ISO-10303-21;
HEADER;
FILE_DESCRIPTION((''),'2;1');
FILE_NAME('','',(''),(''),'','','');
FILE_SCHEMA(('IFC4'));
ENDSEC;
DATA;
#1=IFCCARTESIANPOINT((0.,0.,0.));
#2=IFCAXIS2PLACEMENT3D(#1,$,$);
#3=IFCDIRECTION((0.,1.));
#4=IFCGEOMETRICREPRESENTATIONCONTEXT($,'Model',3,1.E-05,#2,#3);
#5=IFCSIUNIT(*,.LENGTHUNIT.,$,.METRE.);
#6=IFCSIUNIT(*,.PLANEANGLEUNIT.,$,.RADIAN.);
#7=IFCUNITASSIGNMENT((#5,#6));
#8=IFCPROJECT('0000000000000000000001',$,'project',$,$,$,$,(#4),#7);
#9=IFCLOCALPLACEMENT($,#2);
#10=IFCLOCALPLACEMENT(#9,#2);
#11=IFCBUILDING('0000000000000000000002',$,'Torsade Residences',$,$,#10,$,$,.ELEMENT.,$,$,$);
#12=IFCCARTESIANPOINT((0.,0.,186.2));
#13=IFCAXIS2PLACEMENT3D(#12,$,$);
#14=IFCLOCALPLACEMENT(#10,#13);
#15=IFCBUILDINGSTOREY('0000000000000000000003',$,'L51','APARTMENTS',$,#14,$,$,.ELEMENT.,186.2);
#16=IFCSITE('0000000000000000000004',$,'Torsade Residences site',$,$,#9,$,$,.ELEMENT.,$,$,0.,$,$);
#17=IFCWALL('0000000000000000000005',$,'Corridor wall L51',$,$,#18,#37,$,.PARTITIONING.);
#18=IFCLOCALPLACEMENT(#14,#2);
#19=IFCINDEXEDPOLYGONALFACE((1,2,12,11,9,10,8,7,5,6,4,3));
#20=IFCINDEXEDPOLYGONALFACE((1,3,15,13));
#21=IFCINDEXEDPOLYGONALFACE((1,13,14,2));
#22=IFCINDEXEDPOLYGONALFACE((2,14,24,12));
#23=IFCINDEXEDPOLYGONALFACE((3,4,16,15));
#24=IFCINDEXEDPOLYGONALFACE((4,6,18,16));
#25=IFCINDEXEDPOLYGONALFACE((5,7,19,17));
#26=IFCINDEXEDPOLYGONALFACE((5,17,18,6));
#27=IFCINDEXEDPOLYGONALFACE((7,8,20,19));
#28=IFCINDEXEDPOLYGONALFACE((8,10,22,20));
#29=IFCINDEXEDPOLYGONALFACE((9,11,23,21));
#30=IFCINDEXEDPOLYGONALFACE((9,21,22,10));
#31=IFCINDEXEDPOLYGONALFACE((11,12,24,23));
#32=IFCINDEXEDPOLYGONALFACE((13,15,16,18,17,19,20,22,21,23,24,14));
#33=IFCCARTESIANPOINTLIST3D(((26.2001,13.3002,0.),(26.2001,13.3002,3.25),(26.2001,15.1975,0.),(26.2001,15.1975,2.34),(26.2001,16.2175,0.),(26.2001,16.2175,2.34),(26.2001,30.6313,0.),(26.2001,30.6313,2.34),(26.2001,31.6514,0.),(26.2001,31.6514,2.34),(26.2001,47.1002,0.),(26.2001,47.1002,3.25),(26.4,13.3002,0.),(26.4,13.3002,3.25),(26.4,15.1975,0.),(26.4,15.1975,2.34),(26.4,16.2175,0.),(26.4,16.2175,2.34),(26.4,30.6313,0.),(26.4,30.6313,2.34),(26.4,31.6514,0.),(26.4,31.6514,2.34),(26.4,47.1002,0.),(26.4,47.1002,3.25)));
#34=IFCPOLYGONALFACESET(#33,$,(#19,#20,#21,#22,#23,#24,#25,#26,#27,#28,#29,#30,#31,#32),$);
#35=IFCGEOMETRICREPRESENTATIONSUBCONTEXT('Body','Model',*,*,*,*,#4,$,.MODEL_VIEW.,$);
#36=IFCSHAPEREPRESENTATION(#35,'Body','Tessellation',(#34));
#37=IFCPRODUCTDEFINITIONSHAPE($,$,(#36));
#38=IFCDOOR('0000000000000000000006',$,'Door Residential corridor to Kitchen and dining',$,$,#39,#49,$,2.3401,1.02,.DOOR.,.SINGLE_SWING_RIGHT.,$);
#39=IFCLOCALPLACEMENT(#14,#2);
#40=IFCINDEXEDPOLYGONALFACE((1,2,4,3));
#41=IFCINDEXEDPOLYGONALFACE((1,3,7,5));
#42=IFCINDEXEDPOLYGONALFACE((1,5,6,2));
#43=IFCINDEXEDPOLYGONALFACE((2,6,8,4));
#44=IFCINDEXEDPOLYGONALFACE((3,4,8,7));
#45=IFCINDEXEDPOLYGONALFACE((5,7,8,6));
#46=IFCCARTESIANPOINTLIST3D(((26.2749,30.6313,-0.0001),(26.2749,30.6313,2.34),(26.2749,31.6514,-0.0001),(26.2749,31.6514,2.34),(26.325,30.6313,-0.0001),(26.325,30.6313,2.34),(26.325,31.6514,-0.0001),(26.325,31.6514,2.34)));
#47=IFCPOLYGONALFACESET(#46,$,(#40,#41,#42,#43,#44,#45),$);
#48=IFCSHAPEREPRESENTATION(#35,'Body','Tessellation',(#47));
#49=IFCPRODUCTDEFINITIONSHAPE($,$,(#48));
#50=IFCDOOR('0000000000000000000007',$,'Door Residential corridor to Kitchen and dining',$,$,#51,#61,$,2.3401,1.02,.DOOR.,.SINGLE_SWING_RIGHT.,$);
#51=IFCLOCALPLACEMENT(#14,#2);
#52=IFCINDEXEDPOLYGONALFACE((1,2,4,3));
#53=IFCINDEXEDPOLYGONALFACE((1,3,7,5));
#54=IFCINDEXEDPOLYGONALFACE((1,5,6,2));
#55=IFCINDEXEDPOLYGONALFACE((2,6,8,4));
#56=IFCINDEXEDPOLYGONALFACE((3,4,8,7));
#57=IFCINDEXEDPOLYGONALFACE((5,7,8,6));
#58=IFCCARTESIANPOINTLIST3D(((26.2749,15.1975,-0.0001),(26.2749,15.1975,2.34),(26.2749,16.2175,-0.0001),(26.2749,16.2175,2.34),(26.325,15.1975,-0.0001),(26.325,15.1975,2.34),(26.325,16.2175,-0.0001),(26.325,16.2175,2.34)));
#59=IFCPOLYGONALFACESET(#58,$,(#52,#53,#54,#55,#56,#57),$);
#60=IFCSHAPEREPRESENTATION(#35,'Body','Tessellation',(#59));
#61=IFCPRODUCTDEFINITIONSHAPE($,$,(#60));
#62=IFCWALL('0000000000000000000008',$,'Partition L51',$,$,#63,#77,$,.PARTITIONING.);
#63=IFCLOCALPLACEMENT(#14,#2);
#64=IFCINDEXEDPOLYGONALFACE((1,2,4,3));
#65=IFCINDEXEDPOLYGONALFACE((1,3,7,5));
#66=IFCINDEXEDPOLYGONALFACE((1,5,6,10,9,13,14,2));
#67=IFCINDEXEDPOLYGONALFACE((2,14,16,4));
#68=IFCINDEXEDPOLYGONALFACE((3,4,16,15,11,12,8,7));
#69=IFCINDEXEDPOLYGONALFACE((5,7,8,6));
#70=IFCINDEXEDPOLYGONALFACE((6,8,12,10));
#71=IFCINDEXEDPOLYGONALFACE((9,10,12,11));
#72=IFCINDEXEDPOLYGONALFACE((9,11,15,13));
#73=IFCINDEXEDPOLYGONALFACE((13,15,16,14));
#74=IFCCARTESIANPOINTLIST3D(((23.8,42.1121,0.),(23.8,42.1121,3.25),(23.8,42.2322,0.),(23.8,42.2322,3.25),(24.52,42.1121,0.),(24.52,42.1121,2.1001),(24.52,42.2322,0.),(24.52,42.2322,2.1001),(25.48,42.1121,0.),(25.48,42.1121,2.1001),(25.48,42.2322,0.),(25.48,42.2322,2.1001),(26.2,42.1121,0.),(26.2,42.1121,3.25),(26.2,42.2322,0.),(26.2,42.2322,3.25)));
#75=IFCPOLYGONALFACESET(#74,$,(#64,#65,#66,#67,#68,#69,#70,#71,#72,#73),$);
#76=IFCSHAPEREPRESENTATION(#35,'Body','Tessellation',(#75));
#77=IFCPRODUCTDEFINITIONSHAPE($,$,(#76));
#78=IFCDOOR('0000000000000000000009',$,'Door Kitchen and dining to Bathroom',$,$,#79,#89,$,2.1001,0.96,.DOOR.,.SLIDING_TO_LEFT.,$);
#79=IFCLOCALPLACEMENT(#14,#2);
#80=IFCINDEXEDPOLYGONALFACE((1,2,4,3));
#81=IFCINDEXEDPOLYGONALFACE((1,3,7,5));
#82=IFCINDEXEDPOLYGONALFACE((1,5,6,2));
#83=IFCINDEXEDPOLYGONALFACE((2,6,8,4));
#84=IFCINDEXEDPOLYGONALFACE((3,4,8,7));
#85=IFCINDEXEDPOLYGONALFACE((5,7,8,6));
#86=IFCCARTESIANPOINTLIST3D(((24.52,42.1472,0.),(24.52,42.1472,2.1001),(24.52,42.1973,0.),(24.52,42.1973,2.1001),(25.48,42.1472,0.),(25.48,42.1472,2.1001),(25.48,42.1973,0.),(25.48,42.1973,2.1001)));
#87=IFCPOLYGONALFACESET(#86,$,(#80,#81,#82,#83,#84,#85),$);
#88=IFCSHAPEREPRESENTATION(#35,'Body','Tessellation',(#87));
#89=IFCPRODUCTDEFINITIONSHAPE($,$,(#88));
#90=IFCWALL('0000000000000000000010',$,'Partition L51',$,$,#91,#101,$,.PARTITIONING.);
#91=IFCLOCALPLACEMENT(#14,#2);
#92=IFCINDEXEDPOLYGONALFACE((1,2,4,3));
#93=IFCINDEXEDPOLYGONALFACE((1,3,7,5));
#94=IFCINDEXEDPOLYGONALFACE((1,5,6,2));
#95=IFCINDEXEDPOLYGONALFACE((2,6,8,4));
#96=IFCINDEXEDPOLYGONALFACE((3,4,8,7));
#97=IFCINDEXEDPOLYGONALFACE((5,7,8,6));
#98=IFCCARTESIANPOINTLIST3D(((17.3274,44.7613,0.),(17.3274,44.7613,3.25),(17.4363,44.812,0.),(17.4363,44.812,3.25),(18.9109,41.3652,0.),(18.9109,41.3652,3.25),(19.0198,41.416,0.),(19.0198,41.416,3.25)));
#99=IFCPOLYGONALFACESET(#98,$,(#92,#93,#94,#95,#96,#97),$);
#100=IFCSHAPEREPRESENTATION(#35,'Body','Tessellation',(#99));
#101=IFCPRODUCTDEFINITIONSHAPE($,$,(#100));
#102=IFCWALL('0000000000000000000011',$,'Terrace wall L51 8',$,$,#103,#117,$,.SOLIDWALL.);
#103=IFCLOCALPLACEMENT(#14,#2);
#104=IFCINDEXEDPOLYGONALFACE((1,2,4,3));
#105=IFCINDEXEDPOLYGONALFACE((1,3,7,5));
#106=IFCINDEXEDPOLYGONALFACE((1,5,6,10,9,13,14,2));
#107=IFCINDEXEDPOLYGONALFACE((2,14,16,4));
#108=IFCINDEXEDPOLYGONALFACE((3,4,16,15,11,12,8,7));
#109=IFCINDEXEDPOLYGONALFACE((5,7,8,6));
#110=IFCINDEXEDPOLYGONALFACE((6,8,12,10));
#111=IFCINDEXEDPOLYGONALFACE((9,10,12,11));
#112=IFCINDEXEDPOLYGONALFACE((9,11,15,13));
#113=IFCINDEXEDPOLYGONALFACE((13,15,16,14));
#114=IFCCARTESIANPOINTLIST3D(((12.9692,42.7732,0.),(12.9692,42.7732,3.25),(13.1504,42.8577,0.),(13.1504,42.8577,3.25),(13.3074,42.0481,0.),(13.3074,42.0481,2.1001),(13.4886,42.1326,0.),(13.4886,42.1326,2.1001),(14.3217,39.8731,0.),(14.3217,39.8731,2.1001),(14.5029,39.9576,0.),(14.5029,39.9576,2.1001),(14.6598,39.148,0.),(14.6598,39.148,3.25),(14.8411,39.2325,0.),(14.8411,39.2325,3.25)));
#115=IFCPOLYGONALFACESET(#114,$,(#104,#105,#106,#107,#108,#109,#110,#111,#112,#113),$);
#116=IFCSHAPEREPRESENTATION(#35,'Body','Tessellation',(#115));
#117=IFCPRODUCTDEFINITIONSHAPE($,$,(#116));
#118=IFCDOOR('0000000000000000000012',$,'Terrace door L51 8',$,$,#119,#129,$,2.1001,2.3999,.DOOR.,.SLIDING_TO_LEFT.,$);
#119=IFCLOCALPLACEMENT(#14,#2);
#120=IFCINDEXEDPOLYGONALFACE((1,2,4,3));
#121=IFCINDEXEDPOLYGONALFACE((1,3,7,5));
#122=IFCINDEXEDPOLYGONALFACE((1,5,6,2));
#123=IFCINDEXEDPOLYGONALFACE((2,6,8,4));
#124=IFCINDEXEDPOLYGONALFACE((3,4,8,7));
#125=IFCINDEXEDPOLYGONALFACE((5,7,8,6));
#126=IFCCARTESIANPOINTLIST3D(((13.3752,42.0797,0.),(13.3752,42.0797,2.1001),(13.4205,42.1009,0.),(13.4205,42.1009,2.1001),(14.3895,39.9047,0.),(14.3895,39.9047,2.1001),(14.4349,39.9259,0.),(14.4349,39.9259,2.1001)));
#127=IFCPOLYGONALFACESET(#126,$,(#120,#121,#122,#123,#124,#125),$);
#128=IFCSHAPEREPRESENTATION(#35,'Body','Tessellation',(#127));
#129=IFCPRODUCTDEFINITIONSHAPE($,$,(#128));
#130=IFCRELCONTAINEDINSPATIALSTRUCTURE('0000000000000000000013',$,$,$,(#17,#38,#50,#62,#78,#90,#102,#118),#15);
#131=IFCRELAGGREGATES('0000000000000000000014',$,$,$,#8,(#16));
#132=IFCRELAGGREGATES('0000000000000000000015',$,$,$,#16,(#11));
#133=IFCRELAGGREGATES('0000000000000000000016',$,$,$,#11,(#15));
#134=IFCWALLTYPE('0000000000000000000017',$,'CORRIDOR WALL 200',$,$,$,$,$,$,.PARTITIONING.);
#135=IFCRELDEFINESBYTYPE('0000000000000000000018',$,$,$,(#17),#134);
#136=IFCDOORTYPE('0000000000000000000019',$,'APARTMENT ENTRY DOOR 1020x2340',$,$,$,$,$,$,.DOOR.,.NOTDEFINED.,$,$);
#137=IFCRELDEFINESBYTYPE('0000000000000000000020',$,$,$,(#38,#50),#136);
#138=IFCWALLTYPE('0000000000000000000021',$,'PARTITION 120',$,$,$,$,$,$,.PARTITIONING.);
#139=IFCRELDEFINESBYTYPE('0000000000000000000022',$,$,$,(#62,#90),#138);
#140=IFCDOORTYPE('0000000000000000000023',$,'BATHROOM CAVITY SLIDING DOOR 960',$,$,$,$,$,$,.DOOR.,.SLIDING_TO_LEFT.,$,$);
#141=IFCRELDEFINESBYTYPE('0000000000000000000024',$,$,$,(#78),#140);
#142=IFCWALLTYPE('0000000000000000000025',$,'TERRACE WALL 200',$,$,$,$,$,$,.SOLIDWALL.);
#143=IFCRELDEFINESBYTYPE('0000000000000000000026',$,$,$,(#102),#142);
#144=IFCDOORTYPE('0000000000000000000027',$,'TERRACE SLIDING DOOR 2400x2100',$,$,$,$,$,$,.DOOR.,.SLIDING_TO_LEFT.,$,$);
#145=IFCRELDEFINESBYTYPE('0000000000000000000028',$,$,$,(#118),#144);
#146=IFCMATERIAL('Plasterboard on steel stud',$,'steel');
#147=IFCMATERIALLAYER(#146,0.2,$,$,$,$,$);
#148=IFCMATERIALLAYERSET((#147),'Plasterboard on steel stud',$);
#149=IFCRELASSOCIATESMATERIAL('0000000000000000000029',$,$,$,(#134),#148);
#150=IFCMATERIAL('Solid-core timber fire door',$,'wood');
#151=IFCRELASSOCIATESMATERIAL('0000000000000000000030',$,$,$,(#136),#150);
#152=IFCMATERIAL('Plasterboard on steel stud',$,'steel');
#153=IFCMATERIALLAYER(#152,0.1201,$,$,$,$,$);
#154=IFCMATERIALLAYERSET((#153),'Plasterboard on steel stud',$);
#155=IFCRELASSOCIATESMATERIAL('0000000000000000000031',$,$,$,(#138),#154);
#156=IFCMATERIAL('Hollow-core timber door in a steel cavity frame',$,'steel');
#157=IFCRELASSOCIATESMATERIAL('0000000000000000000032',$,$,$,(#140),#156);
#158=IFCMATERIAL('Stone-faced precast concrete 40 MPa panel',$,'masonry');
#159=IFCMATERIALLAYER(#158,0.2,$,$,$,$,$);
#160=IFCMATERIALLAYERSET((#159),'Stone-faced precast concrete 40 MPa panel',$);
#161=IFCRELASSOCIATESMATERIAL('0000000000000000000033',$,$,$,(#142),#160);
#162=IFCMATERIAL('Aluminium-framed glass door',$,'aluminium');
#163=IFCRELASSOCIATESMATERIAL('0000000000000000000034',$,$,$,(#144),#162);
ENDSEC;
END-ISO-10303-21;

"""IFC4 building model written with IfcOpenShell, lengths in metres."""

from ifc_helpers import new_model, si_unit, direction, frame, frame_2d, origin, place, context, subcontext, project, spatial, rectangle, extrude, material, layer, layer_set, type_object, element, fill, save


model = new_model("IFC4")

# Units and contexts
model_context = context("Model", 3, precision=1e-05, world=origin(), true_north=direction((0.0, 1.0)))
body_context = subcontext(model_context, "Body", "Model", "MODEL_VIEW")
ifc_project = project(units=[si_unit("LENGTHUNIT", "METRE"), si_unit("PLANEANGLEUNIT", "RADIAN")], contexts=[model_context])

# Site, building, storey
site_placement = place(None, origin())
site = spatial("IfcSite", under=ifc_project, at=site_placement, Name="Torsade Residences site", CompositionType="ELEMENT", RefElevation=0.0)
building_placement = place(site_placement, origin())
building = spatial("IfcBuilding", under=site, at=building_placement, Name="Torsade Residences", CompositionType="ELEMENT")
storey_placement = place(building_placement, frame((0.0, 0.0, 186.2)))
storey = spatial("IfcBuildingStorey", under=building, at=storey_placement, Name="L51", Description="APARTMENTS", CompositionType="ELEMENT", Elevation=186.2)

# Wall, openings, doors
ifc_material_1 = material(Name="Plasterboard on steel stud", Category="steel")
ifc_layer_1 = layer(ifc_material_1, 0.2)
ifc_layer_set_1 = layer_set([ifc_layer_1], Name="Plasterboard on steel stud")
wall_type_1 = type_object("IfcWallType", Name="CORRIDOR WALL 200", PredefinedType="PARTITIONING", material=ifc_layer_set_1)
wall_1_placement = place(storey_placement, frame((26.3, 47.1001, 0.0), z_axis=(0.0, 0.0, 1.0), x_axis=(0.0, -1.0, 0.0)))
wall_1 = element("IfcWall", 1, at=wall_1_placement, inside=storey, type_object=wall_type_1, Name="Corridor wall L51", PredefinedType="PARTITIONING", context=body_context, shape_type="SweptSolid", body=[
    extrude(rectangle(XDim=33.8, YDim=0.2, at=frame_2d((16.8999, 0.0))), origin(), (0.0, 0.0, 1.0), 3.25),
])
opening_1_placement = place(wall_1_placement, frame((15.4487, 0.0, 0.0)))
opening_1 = element("IfcOpeningElement", 2, at=opening_1_placement, cuts=wall_1, PredefinedType="OPENING", context=body_context, shape_type="SweptSolid", body=[
    extrude(rectangle(XDim=1.02, YDim=2.3401, at=frame_2d((0.51, 1.1699))), frame((0.0, 0.1099, 0.0), z_axis=(0.0, -1.0, 0.0), x_axis=(1.0, 0.0, 0.0)), (0.0, 0.0, 1.0), 0.22),
])
opening_2_placement = place(wall_1_placement, frame((30.8826, 0.0, 0.0)))
opening_2 = element("IfcOpeningElement", 3, at=opening_2_placement, cuts=wall_1, PredefinedType="OPENING", context=body_context, shape_type="SweptSolid", body=[
    extrude(rectangle(XDim=1.02, YDim=2.3401, at=frame_2d((0.51, 1.1699))), frame((0.0, 0.1099, 0.0), z_axis=(0.0, -1.0, 0.0), x_axis=(1.0, 0.0, 0.0)), (0.0, 0.0, 1.0), 0.22),
])
ifc_material_2 = material(Name="Solid-core timber fire door", Category="wood")
door_type_1 = type_object("IfcDoorType", Name="APARTMENT ENTRY DOOR 1020x2340", OperationType="NOTDEFINED", PredefinedType="DOOR", material=ifc_material_2)
door_1_placement = place(opening_1_placement, origin())
door_1 = element("IfcDoor", 4, at=door_1_placement, inside=storey, type_object=door_type_1, Name="Door Residential corridor to Kitchen and dining", OperationType="SINGLE_SWING_RIGHT", OverallHeight=2.3401, OverallWidth=1.02, PredefinedType="DOOR", context=body_context, shape_type="SweptSolid", body=[
    extrude(rectangle(XDim=1.02, YDim=2.3401, at=frame_2d((0.51, 1.1699))), frame((0.0, 0.0249, 0.0), z_axis=(0.0, -1.0, 0.0), x_axis=(1.0, 0.0, 0.0)), (0.0, 0.0, 1.0), 0.05),
])
fill(opening_1, door_1)
door_2_placement = place(opening_2_placement, origin())
door_2 = element("IfcDoor", 5, at=door_2_placement, inside=storey, type_object=door_type_1, Name="Door Residential corridor to Kitchen and dining", OperationType="SINGLE_SWING_RIGHT", OverallHeight=2.3401, OverallWidth=1.02, PredefinedType="DOOR", context=body_context, shape_type="SweptSolid", body=[
    extrude(rectangle(XDim=1.02, YDim=2.3401, at=frame_2d((0.51, 1.1699))), frame((0.0, 0.0249, 0.0), z_axis=(0.0, -1.0, 0.0), x_axis=(1.0, 0.0, 0.0)), (0.0, 0.0, 1.0), 0.05),
])
fill(opening_2, door_2)

# Wall, opening, door
ifc_material_3 = material(Name="Plasterboard on steel stud", Category="steel")
ifc_layer_2 = layer(ifc_material_3, 0.1201)
ifc_layer_set_2 = layer_set([ifc_layer_2], Name="Plasterboard on steel stud")
wall_type_2 = type_object("IfcWallType", Name="PARTITION 120", PredefinedType="PARTITIONING", material=ifc_layer_set_2)
wall_2_placement = place(storey_placement, frame((26.2, 42.1721, 0.0), z_axis=(0.0, 0.0, 1.0), x_axis=(-1.0, 0.0, 0.0)))
wall_2 = element("IfcWall", 6, at=wall_2_placement, inside=storey, type_object=wall_type_2, Name="Partition L51", PredefinedType="PARTITIONING", context=body_context, shape_type="SweptSolid", body=[
    extrude(rectangle(XDim=2.3999, YDim=0.1201, at=frame_2d((1.2, 0.0))), origin(), (0.0, 0.0, 1.0), 3.25),
])
opening_3_placement = place(wall_2_placement, frame((0.72, 0.0, 0.0)))
opening_3 = element("IfcOpeningElement", 7, at=opening_3_placement, cuts=wall_2, PredefinedType="OPENING", context=body_context, shape_type="SweptSolid", body=[
    extrude(rectangle(XDim=0.96, YDim=2.1001, at=frame_2d((0.48, 1.05))), frame((0.0, 0.0701, 0.0), z_axis=(0.0, -1.0, 0.0), x_axis=(1.0, 0.0, 0.0)), (0.0, 0.0, 1.0), 0.1401),
])
ifc_material_4 = material(Name="Hollow-core timber door in a steel cavity frame", Category="steel")
door_type_2 = type_object("IfcDoorType", Name="BATHROOM CAVITY SLIDING DOOR 960", OperationType="SLIDING_TO_LEFT", PredefinedType="DOOR", material=ifc_material_4)
door_3_placement = place(opening_3_placement, origin())
door_3 = element("IfcDoor", 8, at=door_3_placement, inside=storey, type_object=door_type_2, Name="Door Kitchen and dining to Bathroom", OperationType="SLIDING_TO_LEFT", OverallHeight=2.1001, OverallWidth=0.96, PredefinedType="DOOR", context=body_context, shape_type="SweptSolid", body=[
    extrude(rectangle(XDim=0.96, YDim=2.1001, at=frame_2d((0.48, 1.05))), frame((0.0, 0.0249, 0.0), z_axis=(0.0, -1.0, 0.0), x_axis=(1.0, 0.0, 0.0)), (0.0, 0.0, 1.0), 0.05),
])
fill(opening_3, door_3)

# Wall
wall_3_placement = place(storey_placement, frame((18.9653, 41.3906, 0.0), z_axis=(0.0, 0.0, 1.0), x_axis=(-0.4226, 0.906316, 0.0)))
element("IfcWall", 9, at=wall_3_placement, inside=storey, type_object=wall_type_2, Name="Partition L51", PredefinedType="PARTITIONING", context=body_context, shape_type="SweptSolid", body=[
    extrude(rectangle(XDim=3.7471, YDim=0.1201, at=frame_2d((1.8735, 0.0))), origin(), (0.0, 0.0, 1.0), 3.25),
])

# Wall, opening, door
ifc_material_5 = material(Name="Stone-faced precast concrete 40 MPa panel", Category="masonry")
ifc_layer_3 = layer(ifc_material_5, 0.2)
ifc_layer_set_3 = layer_set([ifc_layer_3], Name="Stone-faced precast concrete 40 MPa panel")
wall_type_3 = type_object("IfcWallType", Name="TERRACE WALL 200", PredefinedType="SOLIDWALL", material=ifc_layer_set_3)
wall_4_placement = place(storey_placement, frame((13.0598, 42.8154, 0.0), z_axis=(0.0, 0.0, 1.0), x_axis=(0.422658, -0.906289, 0.0)))
wall_4 = element("IfcWall", 10, at=wall_4_placement, inside=storey, type_object=wall_type_3, Name="Terrace wall L51 8", PredefinedType="SOLIDWALL", context=body_context, shape_type="SweptSolid", body=[
    extrude(rectangle(XDim=4.0, YDim=0.2, at=frame_2d((2.0, 0.0))), origin(), (0.0, 0.0, 1.0), 3.25),
])
opening_4_placement = place(wall_4_placement, frame((0.8, 0.0, 0.0)))
opening_4 = element("IfcOpeningElement", 11, at=opening_4_placement, cuts=wall_4, PredefinedType="OPENING", context=body_context, shape_type="SweptSolid", body=[
    extrude(rectangle(XDim=2.3999, YDim=2.1001, at=frame_2d((1.2, 1.05))), frame((0.0, 0.1099, 0.0), z_axis=(0.0, -1.0, 0.0), x_axis=(1.0, 0.0, 0.0)), (0.0, 0.0, 1.0), 0.22),
])
ifc_material_6 = material(Name="Aluminium-framed glass door", Category="aluminium")
door_type_3 = type_object("IfcDoorType", Name="TERRACE SLIDING DOOR 2400x2100", OperationType="SLIDING_TO_LEFT", PredefinedType="DOOR", material=ifc_material_6)
door_4_placement = place(opening_4_placement, origin())
door_4 = element("IfcDoor", 12, at=door_4_placement, inside=storey, type_object=door_type_3, Name="Terrace door L51 8", OperationType="SLIDING_TO_LEFT", OverallHeight=2.1001, OverallWidth=2.3999, PredefinedType="DOOR", context=body_context, shape_type="SweptSolid", body=[
    extrude(rectangle(XDim=2.3999, YDim=2.1001, at=frame_2d((1.2, 1.05))), frame((0.0, 0.0249, 0.0), z_axis=(0.0, -1.0, 0.0), x_axis=(1.0, 0.0, 0.0)), (0.0, 0.0, 1.0), 0.05),
])
fill(opening_4, door_4)

save(model, "model.ifc")
